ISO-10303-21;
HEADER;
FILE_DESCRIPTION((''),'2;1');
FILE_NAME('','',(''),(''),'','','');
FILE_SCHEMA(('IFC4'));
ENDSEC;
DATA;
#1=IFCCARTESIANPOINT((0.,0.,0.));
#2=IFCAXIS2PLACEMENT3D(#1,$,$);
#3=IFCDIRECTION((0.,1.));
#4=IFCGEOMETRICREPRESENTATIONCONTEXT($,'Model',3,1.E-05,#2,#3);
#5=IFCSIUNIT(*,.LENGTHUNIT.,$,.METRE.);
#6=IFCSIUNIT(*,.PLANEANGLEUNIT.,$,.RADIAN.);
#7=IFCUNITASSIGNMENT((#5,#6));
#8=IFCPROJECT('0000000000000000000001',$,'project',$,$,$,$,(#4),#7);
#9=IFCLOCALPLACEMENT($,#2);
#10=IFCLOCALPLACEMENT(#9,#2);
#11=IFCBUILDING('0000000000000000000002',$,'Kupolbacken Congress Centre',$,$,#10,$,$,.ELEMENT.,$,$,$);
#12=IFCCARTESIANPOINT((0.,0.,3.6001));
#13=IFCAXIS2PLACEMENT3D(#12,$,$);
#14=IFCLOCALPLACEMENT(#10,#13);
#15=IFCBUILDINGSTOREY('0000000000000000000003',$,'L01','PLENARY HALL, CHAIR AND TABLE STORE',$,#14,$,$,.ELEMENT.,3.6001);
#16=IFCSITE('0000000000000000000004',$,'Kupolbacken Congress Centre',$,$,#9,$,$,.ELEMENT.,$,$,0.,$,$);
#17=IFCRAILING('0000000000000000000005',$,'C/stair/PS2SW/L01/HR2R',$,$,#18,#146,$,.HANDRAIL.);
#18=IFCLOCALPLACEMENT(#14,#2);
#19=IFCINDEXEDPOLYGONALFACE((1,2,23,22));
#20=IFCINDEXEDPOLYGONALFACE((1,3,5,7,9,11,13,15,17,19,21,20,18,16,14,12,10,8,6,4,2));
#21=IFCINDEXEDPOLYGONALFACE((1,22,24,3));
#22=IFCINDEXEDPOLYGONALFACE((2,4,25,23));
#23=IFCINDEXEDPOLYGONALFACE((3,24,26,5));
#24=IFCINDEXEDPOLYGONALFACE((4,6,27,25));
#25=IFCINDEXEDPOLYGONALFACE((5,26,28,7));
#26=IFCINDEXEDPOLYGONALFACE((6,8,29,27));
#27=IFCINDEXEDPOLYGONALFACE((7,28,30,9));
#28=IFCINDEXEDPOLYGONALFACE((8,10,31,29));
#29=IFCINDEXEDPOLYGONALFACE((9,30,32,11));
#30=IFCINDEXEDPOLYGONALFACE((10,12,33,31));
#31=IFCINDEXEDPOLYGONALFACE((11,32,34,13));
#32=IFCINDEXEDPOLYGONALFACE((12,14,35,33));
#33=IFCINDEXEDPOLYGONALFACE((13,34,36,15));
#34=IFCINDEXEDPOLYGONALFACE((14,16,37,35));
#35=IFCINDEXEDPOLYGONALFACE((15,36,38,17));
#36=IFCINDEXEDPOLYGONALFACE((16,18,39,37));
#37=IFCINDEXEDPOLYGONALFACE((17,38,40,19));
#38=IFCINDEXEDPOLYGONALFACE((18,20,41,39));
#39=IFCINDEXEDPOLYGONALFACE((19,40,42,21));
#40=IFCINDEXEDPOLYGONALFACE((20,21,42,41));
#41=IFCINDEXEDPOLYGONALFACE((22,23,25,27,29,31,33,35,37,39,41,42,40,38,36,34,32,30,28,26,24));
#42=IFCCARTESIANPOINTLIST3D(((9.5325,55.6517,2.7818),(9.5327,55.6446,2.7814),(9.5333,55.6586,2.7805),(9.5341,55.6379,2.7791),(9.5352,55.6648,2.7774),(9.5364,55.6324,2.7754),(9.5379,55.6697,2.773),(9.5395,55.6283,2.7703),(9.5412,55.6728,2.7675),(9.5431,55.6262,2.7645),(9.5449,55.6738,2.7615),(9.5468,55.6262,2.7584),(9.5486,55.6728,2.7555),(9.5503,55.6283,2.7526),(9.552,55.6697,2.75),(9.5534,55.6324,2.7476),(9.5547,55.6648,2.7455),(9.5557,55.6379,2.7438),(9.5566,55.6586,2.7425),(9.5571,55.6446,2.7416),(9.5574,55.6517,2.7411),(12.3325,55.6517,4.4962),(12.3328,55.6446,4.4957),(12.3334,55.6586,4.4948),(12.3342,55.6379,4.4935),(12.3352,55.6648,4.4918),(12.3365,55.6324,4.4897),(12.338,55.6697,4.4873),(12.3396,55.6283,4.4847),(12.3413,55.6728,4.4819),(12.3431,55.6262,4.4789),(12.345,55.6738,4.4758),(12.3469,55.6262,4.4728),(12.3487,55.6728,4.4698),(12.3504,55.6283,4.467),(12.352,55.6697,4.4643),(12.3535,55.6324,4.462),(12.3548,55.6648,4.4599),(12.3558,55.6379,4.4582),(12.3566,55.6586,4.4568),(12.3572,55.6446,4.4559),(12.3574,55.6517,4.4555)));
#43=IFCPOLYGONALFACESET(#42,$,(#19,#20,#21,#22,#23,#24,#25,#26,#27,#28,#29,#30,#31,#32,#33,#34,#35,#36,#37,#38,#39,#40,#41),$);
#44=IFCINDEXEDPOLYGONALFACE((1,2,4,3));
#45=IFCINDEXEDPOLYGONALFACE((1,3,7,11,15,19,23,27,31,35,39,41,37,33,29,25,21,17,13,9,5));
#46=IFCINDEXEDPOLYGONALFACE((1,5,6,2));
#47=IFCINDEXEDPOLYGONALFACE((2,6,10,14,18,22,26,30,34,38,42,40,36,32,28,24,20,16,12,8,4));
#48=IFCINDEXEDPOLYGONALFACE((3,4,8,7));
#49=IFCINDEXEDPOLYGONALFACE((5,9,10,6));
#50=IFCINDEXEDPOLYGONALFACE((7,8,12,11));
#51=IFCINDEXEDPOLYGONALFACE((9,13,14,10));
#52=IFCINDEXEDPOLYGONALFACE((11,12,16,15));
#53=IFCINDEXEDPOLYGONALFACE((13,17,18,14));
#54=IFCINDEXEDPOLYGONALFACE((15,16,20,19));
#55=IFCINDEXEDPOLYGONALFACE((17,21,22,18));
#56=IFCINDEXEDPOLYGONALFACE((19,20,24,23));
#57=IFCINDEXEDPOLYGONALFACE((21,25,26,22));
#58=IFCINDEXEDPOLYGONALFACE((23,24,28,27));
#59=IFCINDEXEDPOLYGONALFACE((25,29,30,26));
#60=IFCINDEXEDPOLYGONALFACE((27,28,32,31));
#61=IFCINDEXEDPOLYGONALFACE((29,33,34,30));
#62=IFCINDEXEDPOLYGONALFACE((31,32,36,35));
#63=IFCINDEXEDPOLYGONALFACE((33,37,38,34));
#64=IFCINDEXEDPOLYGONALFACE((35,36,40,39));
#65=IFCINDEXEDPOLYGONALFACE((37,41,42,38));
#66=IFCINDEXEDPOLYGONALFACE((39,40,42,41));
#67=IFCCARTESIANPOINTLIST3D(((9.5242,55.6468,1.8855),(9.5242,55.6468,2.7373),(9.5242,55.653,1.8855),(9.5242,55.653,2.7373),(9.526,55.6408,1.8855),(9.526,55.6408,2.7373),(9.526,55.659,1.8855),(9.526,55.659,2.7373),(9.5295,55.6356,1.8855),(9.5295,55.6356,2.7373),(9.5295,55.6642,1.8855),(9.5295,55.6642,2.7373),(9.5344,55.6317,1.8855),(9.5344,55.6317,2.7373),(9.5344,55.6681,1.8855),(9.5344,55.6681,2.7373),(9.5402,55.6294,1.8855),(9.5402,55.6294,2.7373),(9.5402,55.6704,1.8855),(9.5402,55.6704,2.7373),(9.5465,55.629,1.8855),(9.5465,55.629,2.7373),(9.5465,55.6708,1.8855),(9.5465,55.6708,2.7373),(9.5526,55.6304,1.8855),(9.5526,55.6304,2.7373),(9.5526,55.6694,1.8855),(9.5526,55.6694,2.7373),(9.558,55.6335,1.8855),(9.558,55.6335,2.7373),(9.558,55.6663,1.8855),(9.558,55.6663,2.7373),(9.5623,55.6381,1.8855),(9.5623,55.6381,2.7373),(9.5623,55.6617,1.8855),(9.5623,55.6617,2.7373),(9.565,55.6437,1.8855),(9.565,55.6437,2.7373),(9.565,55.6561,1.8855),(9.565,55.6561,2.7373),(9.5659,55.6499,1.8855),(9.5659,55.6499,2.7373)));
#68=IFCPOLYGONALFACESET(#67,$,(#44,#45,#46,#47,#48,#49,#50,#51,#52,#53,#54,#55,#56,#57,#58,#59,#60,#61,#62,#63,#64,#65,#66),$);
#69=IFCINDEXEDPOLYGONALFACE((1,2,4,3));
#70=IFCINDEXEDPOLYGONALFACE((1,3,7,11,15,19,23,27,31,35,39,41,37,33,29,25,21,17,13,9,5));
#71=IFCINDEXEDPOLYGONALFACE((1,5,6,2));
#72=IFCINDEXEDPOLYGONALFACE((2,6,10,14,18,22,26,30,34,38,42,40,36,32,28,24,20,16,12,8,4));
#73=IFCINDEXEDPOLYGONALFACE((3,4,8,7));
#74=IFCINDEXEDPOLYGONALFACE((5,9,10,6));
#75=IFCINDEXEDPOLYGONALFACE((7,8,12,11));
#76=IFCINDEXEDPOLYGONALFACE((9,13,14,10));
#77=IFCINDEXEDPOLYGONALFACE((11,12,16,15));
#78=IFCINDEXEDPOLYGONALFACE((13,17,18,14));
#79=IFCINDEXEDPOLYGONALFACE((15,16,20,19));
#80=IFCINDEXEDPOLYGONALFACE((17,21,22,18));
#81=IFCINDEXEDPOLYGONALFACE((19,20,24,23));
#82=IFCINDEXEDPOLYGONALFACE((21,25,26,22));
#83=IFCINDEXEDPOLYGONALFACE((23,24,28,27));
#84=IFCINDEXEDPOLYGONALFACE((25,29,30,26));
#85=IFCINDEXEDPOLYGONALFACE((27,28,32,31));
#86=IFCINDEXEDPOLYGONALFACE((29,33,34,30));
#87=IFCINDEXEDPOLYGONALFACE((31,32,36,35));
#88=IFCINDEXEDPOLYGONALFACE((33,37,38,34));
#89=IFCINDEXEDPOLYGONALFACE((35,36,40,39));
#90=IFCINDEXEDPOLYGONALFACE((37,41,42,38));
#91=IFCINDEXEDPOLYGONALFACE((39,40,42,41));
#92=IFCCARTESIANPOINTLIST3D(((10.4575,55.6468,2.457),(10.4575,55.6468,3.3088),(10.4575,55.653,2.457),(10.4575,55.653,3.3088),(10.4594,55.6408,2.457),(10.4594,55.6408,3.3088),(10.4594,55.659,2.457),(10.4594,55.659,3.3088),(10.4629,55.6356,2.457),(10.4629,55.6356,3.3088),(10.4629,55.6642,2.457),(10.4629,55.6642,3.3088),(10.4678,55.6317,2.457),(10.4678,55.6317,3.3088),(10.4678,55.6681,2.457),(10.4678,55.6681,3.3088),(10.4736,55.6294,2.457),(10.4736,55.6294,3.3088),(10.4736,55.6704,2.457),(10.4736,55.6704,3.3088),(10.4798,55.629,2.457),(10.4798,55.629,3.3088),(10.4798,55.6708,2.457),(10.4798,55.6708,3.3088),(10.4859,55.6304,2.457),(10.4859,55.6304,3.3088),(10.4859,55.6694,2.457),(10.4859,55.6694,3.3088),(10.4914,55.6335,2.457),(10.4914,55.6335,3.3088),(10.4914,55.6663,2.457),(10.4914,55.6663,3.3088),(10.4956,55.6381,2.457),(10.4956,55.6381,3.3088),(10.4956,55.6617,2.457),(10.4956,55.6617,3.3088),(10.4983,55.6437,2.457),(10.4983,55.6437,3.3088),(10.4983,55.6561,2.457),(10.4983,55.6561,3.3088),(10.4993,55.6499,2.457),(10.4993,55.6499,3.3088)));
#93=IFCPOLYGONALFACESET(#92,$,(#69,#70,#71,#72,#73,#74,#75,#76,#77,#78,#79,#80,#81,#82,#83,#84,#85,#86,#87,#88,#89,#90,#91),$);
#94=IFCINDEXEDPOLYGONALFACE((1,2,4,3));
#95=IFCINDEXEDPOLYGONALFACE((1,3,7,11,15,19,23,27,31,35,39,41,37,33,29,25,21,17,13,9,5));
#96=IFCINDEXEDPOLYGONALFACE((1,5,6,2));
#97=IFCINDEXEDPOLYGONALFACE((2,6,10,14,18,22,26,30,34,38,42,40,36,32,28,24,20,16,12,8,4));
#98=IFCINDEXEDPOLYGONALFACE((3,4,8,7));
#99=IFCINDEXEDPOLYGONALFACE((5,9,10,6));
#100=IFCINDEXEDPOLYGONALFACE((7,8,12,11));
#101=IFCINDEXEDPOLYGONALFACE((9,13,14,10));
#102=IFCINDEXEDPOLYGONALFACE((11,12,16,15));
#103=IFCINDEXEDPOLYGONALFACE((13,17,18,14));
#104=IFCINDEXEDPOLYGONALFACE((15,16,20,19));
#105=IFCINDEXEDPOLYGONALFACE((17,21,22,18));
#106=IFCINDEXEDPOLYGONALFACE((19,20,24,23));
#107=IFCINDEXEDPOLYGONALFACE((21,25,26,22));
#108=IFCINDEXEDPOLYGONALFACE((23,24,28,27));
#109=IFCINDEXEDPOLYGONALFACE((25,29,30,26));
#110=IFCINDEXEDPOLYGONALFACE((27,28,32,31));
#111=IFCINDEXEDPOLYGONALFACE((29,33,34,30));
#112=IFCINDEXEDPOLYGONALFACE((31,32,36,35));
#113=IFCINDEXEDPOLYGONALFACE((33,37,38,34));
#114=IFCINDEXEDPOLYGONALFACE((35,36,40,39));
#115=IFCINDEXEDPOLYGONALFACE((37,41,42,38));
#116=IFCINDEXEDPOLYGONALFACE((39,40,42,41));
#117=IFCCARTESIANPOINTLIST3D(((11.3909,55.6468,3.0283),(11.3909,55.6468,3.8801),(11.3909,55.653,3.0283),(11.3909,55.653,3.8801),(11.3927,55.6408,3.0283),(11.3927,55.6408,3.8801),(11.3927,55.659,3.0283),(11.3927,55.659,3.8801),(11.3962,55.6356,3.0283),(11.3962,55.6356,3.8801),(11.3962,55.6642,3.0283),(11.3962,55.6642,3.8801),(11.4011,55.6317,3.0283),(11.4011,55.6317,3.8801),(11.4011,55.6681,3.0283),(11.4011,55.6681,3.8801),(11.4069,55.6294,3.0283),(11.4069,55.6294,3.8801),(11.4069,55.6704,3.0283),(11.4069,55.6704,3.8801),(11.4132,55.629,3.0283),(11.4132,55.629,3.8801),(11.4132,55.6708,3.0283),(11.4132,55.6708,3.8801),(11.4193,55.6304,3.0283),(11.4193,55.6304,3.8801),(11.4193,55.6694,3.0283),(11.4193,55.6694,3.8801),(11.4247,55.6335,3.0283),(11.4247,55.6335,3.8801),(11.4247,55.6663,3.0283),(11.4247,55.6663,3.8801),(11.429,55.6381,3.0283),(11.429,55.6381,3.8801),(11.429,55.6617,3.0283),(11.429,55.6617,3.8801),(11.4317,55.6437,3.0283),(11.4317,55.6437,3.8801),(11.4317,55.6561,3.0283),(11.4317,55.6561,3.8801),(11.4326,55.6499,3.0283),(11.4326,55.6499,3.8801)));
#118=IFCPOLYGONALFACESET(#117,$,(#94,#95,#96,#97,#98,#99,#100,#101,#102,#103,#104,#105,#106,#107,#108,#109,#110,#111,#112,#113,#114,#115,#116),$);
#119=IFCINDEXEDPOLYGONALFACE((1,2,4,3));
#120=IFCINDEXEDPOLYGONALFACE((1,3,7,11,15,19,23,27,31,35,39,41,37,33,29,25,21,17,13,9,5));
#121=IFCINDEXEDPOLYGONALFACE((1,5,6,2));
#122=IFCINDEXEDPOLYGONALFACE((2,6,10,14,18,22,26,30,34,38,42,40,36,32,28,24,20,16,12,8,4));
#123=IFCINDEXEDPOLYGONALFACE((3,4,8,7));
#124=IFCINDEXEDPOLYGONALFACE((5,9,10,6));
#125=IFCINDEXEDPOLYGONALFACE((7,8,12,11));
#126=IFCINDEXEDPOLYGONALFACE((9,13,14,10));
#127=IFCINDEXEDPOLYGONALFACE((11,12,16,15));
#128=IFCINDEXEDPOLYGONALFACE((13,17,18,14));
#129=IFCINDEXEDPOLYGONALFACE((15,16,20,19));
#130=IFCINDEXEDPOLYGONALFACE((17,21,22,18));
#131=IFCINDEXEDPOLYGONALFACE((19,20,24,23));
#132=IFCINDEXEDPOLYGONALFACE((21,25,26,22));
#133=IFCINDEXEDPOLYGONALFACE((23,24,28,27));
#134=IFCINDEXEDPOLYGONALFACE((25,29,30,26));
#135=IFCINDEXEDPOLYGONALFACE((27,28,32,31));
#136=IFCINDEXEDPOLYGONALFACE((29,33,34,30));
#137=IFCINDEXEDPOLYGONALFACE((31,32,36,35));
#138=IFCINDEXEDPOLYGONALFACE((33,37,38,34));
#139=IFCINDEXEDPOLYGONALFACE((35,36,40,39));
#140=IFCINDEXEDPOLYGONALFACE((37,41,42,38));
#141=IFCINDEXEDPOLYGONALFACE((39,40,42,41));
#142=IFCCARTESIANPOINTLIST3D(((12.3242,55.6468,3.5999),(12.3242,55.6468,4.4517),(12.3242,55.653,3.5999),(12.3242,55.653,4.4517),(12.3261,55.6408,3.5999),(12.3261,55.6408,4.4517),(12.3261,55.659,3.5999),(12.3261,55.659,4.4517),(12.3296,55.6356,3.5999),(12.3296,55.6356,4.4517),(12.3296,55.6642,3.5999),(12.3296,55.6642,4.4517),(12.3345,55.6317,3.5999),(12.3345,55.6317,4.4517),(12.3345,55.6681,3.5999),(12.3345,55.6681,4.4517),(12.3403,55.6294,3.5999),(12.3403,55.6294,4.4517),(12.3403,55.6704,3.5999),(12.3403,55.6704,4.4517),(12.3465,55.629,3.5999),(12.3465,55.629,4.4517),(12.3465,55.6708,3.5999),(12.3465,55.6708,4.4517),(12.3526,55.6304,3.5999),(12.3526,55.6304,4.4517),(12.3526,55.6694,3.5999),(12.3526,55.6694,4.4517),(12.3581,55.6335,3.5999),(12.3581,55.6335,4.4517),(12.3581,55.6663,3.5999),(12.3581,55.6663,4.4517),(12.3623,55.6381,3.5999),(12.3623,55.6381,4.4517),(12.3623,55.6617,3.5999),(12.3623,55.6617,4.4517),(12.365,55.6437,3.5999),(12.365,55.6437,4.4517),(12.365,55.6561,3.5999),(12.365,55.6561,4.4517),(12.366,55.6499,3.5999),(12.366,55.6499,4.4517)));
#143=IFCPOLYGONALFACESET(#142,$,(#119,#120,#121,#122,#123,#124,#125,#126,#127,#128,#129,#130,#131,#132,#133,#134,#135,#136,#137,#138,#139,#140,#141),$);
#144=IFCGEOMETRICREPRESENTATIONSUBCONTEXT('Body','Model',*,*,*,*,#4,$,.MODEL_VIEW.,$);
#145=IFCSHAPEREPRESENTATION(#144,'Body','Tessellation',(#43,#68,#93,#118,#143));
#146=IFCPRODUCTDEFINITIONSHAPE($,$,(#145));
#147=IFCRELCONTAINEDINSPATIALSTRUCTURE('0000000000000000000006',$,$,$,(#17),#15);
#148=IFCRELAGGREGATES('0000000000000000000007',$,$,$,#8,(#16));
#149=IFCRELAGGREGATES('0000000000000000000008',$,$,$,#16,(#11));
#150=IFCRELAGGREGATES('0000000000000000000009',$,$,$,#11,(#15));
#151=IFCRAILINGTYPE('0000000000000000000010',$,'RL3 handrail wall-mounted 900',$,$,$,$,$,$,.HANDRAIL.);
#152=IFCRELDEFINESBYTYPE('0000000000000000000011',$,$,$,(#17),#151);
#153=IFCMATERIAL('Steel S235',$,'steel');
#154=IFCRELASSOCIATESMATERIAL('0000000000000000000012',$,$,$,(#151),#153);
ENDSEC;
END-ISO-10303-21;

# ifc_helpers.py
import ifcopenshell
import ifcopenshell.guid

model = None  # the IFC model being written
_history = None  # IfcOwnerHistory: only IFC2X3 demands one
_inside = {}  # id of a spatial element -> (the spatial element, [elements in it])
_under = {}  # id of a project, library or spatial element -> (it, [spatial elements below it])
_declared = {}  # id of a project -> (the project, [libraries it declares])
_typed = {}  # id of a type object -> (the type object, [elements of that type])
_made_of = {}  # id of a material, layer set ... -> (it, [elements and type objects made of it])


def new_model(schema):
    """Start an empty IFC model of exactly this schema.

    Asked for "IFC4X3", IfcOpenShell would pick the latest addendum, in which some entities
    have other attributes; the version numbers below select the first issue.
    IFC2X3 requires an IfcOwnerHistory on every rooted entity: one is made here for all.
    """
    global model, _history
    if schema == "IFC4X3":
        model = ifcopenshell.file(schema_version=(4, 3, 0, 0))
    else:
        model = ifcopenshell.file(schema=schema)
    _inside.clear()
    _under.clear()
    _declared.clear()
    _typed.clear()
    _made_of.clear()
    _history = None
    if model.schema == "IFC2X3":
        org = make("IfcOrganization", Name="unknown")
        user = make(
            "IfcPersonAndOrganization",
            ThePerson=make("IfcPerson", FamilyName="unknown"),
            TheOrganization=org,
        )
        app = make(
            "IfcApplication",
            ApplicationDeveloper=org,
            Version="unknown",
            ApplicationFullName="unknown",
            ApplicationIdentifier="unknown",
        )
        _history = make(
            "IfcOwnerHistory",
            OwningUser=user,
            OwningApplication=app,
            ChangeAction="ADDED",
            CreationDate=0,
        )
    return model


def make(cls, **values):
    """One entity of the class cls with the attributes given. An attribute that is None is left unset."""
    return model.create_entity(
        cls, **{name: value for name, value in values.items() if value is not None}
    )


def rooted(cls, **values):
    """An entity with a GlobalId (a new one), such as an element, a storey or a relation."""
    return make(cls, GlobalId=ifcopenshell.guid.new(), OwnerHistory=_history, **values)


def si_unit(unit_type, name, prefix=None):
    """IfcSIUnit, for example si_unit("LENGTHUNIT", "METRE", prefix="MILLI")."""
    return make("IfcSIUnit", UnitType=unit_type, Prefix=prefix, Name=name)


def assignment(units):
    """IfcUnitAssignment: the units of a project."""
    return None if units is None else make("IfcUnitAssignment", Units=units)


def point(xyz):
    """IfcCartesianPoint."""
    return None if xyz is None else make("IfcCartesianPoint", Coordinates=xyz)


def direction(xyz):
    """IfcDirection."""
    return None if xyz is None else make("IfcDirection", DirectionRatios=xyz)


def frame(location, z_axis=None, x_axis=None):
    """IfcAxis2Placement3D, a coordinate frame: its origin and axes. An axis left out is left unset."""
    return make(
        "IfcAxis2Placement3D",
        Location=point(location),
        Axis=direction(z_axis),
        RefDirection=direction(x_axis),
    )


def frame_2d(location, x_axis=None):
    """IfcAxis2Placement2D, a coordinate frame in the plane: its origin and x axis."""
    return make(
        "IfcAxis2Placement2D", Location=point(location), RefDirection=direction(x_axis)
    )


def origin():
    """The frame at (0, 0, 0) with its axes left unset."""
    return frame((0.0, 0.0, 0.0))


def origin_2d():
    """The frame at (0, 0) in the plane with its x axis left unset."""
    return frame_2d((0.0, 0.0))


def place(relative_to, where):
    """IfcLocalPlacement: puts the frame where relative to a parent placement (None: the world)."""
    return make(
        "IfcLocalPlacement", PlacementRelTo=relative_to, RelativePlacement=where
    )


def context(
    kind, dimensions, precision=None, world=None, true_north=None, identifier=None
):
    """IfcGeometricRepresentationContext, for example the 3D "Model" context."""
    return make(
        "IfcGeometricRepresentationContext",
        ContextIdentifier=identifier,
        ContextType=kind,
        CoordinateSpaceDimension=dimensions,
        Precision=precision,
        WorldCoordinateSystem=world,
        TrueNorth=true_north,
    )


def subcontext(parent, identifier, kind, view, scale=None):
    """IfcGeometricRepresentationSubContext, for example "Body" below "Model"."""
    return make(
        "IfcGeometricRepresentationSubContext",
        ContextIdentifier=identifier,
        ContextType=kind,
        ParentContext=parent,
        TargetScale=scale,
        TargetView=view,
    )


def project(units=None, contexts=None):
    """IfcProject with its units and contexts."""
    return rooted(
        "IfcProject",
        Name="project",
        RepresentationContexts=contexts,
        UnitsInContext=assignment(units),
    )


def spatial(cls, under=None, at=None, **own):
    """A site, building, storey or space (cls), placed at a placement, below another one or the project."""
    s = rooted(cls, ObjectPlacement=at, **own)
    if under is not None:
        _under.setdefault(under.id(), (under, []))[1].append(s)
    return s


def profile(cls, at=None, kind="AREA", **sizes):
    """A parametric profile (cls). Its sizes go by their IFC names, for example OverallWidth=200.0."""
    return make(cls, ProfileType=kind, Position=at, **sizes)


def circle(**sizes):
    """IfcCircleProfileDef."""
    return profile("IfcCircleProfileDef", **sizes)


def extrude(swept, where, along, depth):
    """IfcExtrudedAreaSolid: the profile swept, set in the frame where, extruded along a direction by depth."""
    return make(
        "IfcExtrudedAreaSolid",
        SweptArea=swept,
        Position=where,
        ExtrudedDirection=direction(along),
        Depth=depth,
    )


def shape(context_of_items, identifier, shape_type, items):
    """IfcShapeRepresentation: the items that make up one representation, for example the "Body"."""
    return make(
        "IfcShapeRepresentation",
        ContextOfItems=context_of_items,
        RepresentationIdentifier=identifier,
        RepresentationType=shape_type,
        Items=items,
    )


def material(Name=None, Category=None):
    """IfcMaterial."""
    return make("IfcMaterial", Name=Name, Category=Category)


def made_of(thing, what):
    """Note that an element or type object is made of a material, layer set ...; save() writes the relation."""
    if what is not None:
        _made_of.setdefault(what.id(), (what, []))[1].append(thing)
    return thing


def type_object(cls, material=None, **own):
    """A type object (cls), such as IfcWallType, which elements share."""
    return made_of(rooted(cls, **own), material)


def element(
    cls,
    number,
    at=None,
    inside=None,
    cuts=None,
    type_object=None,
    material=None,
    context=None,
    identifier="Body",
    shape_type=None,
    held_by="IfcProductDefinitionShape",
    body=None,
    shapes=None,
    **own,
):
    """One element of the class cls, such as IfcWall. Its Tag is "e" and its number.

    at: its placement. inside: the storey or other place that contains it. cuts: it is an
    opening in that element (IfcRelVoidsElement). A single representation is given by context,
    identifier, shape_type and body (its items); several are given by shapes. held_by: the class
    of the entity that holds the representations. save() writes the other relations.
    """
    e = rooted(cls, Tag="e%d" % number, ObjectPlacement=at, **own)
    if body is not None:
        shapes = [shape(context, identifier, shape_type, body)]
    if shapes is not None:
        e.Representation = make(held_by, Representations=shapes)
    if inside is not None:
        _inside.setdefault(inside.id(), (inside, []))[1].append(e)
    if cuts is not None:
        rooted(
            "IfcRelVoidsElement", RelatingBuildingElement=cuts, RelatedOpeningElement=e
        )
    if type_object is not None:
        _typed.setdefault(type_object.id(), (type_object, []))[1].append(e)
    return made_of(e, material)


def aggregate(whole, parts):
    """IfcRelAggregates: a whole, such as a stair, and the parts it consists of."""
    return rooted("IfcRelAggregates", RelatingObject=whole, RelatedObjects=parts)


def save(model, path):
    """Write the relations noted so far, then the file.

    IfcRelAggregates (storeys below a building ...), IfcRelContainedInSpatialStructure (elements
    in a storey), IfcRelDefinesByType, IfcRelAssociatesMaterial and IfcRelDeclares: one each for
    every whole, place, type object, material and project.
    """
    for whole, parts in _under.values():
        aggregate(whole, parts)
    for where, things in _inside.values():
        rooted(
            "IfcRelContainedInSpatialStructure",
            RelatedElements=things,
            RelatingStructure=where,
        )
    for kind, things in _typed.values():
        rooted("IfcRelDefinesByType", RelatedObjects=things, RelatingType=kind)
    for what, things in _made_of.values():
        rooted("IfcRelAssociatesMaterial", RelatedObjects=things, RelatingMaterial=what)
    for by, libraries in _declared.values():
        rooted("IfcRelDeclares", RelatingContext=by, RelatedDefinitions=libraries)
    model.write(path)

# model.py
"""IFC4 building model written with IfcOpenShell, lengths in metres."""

from ifc_helpers import new_model, si_unit, direction, frame, origin, origin_2d, place, context, subcontext, project, spatial, circle, extrude, material, type_object, element, save


model = new_model("IFC4")

# Units and contexts
model_context = context("Model", 3, precision=1e-05, world=origin(), true_north=direction((0.0, 1.0)))
body_context = subcontext(model_context, "Body", "Model", "MODEL_VIEW")
ifc_project = project(units=[si_unit("LENGTHUNIT", "METRE"), si_unit("PLANEANGLEUNIT", "RADIAN")], contexts=[model_context])

# Site, building, storey
site_placement = place(None, origin())
site = spatial("IfcSite", under=ifc_project, at=site_placement, Name="Kupolbacken Congress Centre", CompositionType="ELEMENT", RefElevation=0.0)
building_placement = place(site_placement, origin())
building = spatial("IfcBuilding", under=site, at=building_placement, Name="Kupolbacken Congress Centre", CompositionType="ELEMENT")
storey_placement = place(building_placement, frame((0.0, 0.0, 3.6001)))
storey = spatial("IfcBuildingStorey", under=building, at=storey_placement, Name="L01", Description="PLENARY HALL, CHAIR AND TABLE STORE", CompositionType="ELEMENT", Elevation=3.6001)

# Railing
ifc_material_1 = material(Name="Steel S235", Category="steel")
railing_type = type_object("IfcRailingType", Name="RL3 handrail wall-mounted 900", PredefinedType="HANDRAIL", material=ifc_material_1)
for number, where, name in (
    (1, (9.5449, 55.6499, 1.8855), "C/stair/PS2SW/L01/HR2R"),
):
    element("IfcRailing", number, at=place(storey_placement, frame(where)), inside=storey, type_object=railing_type, Name=name, PredefinedType="HANDRAIL", context=body_context, shape_type="SweptSolid", body=[
        extrude(circle(Radius=0.0239, at=origin_2d()), frame((0.0, 0.0, 0.876), z_axis=(0.852846, 0.0, 0.522163), x_axis=(0.0, 1.0, 0.0)), (0.0, 0.0, 1.0), 3.2832),
        extrude(circle(Radius=0.021, at=origin_2d()), origin(), (0.0, 0.0, 1.0), 0.8518),
        extrude(circle(Radius=0.021, at=origin_2d()), frame((0.9333, 0.0, 0.5715)), (0.0, 0.0, 1.0), 0.8518),
        extrude(circle(Radius=0.021, at=origin_2d()), frame((1.8667, 0.0, 1.1428)), (0.0, 0.0, 1.0), 0.8518),
        extrude(circle(Radius=0.021, at=origin_2d()), frame((2.8, 0.0, 1.7144)), (0.0, 0.0, 1.0), 0.8518),
    ])

save(model, "model.ifc")
